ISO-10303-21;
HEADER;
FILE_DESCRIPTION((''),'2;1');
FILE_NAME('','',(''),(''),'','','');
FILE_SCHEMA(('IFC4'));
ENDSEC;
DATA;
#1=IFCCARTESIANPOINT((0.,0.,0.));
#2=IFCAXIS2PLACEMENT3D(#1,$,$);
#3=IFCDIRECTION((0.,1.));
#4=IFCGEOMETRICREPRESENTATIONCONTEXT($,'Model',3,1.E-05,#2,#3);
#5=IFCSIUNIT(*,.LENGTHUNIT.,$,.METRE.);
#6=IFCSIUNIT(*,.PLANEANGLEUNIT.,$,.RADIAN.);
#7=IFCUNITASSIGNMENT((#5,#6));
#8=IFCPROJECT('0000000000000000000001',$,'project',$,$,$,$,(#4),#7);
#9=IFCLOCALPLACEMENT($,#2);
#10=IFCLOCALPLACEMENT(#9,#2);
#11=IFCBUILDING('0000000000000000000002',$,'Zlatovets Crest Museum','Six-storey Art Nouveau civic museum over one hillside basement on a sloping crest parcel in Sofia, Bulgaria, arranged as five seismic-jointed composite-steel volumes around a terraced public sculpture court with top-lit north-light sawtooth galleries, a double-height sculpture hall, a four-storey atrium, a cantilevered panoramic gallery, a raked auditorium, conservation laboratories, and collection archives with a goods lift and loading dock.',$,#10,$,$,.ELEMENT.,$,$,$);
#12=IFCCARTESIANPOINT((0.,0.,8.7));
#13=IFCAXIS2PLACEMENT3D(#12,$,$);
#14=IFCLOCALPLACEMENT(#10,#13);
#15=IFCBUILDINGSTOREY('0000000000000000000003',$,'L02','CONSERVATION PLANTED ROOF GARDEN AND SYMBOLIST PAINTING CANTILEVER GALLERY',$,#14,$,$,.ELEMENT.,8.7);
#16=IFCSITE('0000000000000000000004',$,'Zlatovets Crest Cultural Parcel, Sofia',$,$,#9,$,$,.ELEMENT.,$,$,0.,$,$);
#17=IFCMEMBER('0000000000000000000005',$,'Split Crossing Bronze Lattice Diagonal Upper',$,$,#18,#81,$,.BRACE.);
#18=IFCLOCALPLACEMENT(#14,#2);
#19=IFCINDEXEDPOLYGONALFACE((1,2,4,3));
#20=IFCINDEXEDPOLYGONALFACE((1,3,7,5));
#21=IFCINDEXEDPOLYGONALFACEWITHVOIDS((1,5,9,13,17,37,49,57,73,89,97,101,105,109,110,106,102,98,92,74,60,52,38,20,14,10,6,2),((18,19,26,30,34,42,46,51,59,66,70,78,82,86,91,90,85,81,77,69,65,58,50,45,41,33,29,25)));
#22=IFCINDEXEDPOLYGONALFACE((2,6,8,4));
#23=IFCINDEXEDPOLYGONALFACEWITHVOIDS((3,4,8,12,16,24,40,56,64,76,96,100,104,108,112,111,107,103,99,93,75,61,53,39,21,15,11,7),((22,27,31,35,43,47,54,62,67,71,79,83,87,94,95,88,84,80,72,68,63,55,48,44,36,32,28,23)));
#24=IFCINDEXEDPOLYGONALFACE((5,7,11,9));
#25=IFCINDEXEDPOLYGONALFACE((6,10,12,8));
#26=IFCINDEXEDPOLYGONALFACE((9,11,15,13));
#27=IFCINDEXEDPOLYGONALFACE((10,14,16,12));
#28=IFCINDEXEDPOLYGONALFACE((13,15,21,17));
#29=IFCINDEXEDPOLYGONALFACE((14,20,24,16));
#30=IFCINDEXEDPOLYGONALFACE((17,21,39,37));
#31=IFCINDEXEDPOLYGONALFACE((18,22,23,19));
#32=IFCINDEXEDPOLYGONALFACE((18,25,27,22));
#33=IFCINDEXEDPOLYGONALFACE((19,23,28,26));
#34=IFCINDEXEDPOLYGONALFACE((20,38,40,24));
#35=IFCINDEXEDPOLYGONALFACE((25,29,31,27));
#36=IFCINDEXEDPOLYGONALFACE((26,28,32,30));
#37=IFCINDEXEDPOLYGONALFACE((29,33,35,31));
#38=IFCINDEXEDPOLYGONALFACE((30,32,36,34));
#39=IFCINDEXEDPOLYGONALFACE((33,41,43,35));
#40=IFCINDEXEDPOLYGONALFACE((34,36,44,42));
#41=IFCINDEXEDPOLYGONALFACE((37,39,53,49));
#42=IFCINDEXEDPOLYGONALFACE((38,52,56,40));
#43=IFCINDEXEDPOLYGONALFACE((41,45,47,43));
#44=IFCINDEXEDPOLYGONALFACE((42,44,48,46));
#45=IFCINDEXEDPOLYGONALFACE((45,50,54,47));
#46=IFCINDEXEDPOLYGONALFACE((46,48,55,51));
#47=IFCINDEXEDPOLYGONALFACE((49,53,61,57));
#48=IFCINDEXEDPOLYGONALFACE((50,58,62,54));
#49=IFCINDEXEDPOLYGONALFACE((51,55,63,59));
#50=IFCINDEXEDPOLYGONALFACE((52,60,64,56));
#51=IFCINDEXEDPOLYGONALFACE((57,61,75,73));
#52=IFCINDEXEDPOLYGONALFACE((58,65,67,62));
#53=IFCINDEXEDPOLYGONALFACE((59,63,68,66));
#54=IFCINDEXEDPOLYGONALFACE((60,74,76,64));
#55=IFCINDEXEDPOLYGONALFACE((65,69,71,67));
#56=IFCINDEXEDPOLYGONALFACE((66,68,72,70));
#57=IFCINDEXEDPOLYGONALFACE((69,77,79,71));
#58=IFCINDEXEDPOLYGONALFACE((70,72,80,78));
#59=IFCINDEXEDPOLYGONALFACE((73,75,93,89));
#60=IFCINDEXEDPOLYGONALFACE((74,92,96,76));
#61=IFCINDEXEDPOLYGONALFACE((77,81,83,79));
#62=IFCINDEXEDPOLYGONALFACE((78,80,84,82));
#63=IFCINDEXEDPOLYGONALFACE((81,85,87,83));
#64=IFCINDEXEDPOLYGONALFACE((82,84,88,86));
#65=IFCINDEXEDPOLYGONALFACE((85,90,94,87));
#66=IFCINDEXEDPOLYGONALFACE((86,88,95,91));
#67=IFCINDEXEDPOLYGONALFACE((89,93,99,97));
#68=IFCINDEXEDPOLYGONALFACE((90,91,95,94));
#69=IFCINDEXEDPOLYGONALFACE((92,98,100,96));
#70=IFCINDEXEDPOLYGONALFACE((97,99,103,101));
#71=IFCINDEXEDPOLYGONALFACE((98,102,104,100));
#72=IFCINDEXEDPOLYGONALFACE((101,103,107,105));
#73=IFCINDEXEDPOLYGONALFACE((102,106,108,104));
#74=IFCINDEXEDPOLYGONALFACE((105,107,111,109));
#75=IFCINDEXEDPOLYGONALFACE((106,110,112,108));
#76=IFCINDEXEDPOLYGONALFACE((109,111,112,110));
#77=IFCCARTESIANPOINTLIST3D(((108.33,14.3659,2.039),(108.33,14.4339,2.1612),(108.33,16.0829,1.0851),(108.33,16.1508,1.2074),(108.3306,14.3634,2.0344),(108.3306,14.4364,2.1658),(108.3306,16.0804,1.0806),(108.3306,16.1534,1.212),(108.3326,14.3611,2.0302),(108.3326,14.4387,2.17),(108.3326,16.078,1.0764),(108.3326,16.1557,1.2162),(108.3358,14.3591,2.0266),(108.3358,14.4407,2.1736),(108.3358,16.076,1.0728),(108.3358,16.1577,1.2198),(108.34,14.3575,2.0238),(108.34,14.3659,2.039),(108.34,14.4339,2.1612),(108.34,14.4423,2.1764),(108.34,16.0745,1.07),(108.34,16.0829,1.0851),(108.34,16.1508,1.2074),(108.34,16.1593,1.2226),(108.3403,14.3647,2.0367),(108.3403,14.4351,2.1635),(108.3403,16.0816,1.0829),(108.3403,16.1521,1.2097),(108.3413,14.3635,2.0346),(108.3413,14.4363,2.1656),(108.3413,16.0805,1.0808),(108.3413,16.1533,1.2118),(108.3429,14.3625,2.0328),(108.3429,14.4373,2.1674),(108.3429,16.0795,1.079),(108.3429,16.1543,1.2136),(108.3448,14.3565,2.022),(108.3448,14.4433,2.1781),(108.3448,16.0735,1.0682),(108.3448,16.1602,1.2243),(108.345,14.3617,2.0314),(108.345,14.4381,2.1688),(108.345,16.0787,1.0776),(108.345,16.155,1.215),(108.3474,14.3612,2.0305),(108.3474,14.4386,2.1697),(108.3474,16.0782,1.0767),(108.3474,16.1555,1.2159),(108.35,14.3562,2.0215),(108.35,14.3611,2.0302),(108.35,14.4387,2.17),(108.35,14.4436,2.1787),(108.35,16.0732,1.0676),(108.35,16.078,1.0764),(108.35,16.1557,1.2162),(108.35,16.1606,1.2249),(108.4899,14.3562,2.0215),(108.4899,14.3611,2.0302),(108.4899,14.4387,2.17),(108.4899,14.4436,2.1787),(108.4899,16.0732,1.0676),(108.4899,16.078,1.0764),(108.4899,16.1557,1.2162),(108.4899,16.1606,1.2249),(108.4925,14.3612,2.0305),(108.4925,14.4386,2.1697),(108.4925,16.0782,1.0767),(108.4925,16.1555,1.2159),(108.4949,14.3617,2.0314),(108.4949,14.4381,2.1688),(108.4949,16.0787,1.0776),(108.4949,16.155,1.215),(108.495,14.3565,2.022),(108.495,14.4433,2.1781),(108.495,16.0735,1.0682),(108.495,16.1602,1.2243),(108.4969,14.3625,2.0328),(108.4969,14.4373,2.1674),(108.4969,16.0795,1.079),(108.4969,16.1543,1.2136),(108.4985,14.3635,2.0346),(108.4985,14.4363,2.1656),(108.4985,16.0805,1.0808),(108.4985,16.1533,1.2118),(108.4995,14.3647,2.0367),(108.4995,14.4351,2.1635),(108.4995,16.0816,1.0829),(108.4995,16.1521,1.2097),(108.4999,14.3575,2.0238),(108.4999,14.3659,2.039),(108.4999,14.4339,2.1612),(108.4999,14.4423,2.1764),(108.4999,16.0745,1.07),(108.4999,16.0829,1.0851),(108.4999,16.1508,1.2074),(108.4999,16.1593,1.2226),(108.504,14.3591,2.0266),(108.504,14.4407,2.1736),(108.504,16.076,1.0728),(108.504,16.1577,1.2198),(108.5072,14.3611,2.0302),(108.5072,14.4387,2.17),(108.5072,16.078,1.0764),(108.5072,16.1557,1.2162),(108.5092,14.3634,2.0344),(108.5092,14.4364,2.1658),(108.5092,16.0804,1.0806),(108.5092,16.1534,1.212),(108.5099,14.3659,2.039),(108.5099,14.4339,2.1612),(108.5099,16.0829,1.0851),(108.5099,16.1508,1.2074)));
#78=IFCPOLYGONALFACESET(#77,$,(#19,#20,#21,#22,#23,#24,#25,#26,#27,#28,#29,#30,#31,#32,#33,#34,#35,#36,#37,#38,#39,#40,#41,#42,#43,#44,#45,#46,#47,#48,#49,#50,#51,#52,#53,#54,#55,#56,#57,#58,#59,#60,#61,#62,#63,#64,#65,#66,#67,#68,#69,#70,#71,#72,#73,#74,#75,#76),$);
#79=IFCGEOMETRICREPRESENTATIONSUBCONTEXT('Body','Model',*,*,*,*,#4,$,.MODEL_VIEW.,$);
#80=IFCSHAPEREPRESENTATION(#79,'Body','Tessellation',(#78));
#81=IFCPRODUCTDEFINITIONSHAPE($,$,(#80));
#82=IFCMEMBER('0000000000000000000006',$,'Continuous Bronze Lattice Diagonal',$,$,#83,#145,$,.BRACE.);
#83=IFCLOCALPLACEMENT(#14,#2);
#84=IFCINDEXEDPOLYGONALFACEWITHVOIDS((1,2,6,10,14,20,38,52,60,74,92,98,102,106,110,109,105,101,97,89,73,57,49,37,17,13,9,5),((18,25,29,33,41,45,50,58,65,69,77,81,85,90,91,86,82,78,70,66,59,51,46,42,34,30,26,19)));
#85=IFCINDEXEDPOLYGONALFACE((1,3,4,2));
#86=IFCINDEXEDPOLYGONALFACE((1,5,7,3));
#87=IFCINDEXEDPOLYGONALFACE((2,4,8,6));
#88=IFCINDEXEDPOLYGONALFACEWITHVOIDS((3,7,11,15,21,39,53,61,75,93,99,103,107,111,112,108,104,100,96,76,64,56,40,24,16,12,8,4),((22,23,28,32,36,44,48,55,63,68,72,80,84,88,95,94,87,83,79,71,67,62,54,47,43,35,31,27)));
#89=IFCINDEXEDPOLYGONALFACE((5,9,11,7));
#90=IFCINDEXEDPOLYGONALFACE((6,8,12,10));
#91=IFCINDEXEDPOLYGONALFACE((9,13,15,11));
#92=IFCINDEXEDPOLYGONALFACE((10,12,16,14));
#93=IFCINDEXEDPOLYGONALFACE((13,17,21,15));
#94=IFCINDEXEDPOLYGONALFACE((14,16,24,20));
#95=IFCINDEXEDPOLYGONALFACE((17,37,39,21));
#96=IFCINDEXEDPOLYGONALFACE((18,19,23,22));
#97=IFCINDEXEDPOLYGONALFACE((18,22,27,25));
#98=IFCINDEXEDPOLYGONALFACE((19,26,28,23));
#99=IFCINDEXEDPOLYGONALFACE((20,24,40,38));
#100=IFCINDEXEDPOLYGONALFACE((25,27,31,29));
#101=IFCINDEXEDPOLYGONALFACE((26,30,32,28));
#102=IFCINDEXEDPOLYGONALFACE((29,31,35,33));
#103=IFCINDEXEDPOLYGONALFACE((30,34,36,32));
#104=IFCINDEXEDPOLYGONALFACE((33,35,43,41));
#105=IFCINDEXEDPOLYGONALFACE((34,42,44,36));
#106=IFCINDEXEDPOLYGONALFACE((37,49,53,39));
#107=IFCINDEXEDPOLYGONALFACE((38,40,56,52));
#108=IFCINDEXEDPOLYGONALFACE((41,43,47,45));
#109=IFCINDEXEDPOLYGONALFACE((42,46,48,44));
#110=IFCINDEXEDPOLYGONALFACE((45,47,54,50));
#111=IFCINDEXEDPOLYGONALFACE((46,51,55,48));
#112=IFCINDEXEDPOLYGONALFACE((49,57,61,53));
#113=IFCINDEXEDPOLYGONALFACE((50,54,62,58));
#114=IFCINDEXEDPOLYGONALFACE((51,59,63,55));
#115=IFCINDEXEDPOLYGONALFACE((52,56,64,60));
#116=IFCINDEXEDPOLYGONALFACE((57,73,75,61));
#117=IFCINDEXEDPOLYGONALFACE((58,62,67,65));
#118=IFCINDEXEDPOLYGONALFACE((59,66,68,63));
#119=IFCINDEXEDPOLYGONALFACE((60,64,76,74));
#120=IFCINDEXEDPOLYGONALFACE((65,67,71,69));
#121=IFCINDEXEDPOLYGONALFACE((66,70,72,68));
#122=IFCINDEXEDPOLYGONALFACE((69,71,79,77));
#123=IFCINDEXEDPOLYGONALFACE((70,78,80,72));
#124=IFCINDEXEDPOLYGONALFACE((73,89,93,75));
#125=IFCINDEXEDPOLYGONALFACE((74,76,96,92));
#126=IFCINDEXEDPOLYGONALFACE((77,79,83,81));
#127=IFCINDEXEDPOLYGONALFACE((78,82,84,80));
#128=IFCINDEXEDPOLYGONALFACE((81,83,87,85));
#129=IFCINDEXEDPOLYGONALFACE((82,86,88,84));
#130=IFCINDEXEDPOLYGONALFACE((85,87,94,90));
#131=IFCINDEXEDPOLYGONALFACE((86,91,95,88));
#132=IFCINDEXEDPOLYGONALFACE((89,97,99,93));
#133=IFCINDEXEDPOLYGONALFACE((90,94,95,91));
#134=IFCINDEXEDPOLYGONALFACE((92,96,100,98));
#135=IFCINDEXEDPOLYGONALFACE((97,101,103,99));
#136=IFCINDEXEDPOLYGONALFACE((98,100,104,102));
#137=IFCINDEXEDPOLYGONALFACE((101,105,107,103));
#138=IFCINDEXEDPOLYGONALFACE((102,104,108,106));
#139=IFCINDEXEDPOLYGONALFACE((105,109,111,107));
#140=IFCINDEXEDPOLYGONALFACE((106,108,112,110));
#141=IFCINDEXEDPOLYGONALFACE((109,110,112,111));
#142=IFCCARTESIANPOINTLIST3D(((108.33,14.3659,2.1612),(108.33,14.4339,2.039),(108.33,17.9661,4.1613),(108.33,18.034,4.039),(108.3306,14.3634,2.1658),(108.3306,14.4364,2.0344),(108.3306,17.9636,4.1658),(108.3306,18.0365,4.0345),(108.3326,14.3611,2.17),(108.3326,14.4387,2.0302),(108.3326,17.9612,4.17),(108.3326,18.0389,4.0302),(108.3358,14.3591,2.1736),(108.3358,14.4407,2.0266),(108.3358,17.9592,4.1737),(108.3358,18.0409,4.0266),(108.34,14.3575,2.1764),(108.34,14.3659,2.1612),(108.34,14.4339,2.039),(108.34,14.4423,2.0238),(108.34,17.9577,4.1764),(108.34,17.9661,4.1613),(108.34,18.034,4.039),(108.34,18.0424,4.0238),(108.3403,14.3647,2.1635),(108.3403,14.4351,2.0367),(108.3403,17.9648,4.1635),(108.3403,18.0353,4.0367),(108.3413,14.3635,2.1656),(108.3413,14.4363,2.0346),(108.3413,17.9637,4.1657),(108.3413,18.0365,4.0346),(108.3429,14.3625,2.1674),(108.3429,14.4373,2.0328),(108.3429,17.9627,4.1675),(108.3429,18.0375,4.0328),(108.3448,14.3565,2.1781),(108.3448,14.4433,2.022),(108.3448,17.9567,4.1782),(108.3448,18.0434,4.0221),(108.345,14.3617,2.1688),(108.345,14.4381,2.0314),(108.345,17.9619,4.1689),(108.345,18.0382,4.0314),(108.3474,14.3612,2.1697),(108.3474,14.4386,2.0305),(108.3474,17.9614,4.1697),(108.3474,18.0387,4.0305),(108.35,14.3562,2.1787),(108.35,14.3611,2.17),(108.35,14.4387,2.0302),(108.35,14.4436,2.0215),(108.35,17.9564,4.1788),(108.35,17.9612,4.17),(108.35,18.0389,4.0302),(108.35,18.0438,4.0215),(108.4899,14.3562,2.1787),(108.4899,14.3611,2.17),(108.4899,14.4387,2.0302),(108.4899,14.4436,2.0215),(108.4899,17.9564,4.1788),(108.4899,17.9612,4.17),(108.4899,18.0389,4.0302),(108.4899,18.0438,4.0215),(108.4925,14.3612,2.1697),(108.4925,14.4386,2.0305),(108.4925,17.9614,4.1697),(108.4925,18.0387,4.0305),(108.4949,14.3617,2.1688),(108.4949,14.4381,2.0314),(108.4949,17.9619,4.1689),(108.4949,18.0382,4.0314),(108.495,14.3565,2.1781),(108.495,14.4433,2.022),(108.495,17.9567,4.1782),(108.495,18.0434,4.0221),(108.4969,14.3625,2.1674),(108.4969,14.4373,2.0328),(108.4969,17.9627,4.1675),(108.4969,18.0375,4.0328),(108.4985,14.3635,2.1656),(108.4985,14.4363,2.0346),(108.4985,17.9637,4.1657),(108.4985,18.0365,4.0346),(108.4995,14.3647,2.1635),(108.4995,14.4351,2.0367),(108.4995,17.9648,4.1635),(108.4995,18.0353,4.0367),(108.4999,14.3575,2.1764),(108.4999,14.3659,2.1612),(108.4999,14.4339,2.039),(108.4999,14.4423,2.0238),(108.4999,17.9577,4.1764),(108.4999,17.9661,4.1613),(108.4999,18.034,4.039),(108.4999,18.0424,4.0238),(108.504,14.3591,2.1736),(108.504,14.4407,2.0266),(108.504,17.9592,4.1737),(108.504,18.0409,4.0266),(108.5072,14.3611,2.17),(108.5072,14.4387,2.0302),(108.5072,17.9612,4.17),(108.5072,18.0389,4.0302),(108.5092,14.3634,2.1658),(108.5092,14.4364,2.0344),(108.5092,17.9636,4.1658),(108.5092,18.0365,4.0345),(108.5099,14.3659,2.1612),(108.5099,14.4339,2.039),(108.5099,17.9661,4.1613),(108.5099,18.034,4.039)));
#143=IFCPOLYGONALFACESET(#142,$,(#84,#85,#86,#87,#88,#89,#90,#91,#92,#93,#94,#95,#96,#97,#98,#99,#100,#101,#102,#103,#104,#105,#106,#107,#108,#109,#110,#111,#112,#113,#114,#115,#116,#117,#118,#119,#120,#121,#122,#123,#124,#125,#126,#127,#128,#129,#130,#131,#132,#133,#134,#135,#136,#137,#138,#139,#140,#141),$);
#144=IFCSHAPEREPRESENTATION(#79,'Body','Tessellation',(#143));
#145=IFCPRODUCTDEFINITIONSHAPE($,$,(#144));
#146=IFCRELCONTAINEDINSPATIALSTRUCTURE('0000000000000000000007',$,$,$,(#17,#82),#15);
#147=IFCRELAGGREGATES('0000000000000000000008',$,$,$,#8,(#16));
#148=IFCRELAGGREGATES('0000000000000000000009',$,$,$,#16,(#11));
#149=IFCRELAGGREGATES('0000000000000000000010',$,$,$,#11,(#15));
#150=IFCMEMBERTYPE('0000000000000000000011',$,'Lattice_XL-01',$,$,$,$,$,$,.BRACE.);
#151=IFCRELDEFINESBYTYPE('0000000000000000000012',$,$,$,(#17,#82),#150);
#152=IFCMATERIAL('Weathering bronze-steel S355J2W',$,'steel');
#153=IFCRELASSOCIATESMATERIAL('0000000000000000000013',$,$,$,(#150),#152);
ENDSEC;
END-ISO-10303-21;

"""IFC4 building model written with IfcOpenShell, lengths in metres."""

from ifc_helpers import new_model, si_unit, direction, frame, origin, origin_2d, place, context, subcontext, project, spatial, hollow_rectangle, extrude, material, material_profile, profile_set, type_object, element, save


model = new_model("IFC4")

# Units and contexts
model_context = context("Model", 3, precision=1e-05, world=origin(), true_north=direction((0.0, 1.0)))
body_context = subcontext(model_context, "Body", "Model", "MODEL_VIEW")
ifc_project = project(units=[si_unit("LENGTHUNIT", "METRE"), si_unit("PLANEANGLEUNIT", "RADIAN")], contexts=[model_context])

# Site, building, storey
site_placement = place(None, origin())
site = spatial("IfcSite", under=ifc_project, at=site_placement, Name="Zlatovets Crest Cultural Parcel, Sofia", CompositionType="ELEMENT", RefElevation=0.0)
building_placement = place(site_placement, origin())
building = spatial("IfcBuilding", under=site, at=building_placement, Name="Zlatovets Crest Museum", Description="Six-storey Art Nouveau civic museum over one hillside basement on a sloping crest parcel in Sofia, Bulgaria, arranged as five seismic-jointed composite-steel volumes around a terraced public sculpture court with top-lit north-light sawtooth galleries, a double-height sculpture hall, a four-storey atrium, a cantilevered panoramic gallery, a raked auditorium, conservation laboratories, and collection archives with a goods lift and loading dock.", CompositionType="ELEMENT")
storey_placement = place(building_placement, frame((0.0, 0.0, 8.7)))
storey = spatial("IfcBuildingStorey", under=building, at=storey_placement, Name="L02", Description="CONSERVATION PLANTED ROOF GARDEN AND SYMBOLIST PAINTING CANTILEVER GALLERY", CompositionType="ELEMENT", Elevation=8.7)

# Members
ifc_material_1 = material(Name="Weathering bronze-steel S355J2W", Category="steel")
ifc_material_profile_1 = material_profile(ifc_material_1, hollow_rectangle(XDim=0.1799, YDim=0.1799, WallThickness=0.01, InnerFilletRadius=0.01, OuterFilletRadius=0.02, at=origin_2d()), Name="SHS 180x180x10.0")
ifc_profile_set_1 = profile_set([ifc_material_profile_1], Name="Weathering bronze-steel S355J2W")
member_type_1 = type_object("IfcMemberType", Name="Lattice_XL-01", PredefinedType="BRACE", material=ifc_profile_set_1)
member_1_placement = place(storey_placement, frame((108.4199, 14.3999, 2.1001), z_axis=(0.0, 0.874169, -0.485622), x_axis=(-1.0, 0.0, 0.0)))
element("IfcMember", 1, at=member_1_placement, inside=storey, type_object=member_type_1, Name="Split Crossing Bronze Lattice Diagonal Upper", PredefinedType="BRACE", context=body_context, shape_type="SweptSolid", body=[
    extrude(hollow_rectangle(XDim=0.1799, YDim=0.1799, WallThickness=0.01, InnerFilletRadius=0.01, OuterFilletRadius=0.02, at=origin_2d()), origin(), (0.0, 0.0, 1.0), 1.9641),
])
member_2_placement = place(storey_placement, frame((108.4199, 14.3999, 2.1001), z_axis=(0.0, 0.874163, 0.485633), x_axis=(-1.0, 0.0, 0.0)))
element("IfcMember", 2, at=member_2_placement, inside=storey, type_object=member_type_1, Name="Continuous Bronze Lattice Diagonal", PredefinedType="BRACE", context=body_context, shape_type="SweptSolid", body=[
    extrude(hollow_rectangle(XDim=0.1799, YDim=0.1799, WallThickness=0.01, InnerFilletRadius=0.01, OuterFilletRadius=0.02, at=origin_2d()), origin(), (0.0, 0.0, 1.0), 4.1184),
])

save(model, "model.ifc")
